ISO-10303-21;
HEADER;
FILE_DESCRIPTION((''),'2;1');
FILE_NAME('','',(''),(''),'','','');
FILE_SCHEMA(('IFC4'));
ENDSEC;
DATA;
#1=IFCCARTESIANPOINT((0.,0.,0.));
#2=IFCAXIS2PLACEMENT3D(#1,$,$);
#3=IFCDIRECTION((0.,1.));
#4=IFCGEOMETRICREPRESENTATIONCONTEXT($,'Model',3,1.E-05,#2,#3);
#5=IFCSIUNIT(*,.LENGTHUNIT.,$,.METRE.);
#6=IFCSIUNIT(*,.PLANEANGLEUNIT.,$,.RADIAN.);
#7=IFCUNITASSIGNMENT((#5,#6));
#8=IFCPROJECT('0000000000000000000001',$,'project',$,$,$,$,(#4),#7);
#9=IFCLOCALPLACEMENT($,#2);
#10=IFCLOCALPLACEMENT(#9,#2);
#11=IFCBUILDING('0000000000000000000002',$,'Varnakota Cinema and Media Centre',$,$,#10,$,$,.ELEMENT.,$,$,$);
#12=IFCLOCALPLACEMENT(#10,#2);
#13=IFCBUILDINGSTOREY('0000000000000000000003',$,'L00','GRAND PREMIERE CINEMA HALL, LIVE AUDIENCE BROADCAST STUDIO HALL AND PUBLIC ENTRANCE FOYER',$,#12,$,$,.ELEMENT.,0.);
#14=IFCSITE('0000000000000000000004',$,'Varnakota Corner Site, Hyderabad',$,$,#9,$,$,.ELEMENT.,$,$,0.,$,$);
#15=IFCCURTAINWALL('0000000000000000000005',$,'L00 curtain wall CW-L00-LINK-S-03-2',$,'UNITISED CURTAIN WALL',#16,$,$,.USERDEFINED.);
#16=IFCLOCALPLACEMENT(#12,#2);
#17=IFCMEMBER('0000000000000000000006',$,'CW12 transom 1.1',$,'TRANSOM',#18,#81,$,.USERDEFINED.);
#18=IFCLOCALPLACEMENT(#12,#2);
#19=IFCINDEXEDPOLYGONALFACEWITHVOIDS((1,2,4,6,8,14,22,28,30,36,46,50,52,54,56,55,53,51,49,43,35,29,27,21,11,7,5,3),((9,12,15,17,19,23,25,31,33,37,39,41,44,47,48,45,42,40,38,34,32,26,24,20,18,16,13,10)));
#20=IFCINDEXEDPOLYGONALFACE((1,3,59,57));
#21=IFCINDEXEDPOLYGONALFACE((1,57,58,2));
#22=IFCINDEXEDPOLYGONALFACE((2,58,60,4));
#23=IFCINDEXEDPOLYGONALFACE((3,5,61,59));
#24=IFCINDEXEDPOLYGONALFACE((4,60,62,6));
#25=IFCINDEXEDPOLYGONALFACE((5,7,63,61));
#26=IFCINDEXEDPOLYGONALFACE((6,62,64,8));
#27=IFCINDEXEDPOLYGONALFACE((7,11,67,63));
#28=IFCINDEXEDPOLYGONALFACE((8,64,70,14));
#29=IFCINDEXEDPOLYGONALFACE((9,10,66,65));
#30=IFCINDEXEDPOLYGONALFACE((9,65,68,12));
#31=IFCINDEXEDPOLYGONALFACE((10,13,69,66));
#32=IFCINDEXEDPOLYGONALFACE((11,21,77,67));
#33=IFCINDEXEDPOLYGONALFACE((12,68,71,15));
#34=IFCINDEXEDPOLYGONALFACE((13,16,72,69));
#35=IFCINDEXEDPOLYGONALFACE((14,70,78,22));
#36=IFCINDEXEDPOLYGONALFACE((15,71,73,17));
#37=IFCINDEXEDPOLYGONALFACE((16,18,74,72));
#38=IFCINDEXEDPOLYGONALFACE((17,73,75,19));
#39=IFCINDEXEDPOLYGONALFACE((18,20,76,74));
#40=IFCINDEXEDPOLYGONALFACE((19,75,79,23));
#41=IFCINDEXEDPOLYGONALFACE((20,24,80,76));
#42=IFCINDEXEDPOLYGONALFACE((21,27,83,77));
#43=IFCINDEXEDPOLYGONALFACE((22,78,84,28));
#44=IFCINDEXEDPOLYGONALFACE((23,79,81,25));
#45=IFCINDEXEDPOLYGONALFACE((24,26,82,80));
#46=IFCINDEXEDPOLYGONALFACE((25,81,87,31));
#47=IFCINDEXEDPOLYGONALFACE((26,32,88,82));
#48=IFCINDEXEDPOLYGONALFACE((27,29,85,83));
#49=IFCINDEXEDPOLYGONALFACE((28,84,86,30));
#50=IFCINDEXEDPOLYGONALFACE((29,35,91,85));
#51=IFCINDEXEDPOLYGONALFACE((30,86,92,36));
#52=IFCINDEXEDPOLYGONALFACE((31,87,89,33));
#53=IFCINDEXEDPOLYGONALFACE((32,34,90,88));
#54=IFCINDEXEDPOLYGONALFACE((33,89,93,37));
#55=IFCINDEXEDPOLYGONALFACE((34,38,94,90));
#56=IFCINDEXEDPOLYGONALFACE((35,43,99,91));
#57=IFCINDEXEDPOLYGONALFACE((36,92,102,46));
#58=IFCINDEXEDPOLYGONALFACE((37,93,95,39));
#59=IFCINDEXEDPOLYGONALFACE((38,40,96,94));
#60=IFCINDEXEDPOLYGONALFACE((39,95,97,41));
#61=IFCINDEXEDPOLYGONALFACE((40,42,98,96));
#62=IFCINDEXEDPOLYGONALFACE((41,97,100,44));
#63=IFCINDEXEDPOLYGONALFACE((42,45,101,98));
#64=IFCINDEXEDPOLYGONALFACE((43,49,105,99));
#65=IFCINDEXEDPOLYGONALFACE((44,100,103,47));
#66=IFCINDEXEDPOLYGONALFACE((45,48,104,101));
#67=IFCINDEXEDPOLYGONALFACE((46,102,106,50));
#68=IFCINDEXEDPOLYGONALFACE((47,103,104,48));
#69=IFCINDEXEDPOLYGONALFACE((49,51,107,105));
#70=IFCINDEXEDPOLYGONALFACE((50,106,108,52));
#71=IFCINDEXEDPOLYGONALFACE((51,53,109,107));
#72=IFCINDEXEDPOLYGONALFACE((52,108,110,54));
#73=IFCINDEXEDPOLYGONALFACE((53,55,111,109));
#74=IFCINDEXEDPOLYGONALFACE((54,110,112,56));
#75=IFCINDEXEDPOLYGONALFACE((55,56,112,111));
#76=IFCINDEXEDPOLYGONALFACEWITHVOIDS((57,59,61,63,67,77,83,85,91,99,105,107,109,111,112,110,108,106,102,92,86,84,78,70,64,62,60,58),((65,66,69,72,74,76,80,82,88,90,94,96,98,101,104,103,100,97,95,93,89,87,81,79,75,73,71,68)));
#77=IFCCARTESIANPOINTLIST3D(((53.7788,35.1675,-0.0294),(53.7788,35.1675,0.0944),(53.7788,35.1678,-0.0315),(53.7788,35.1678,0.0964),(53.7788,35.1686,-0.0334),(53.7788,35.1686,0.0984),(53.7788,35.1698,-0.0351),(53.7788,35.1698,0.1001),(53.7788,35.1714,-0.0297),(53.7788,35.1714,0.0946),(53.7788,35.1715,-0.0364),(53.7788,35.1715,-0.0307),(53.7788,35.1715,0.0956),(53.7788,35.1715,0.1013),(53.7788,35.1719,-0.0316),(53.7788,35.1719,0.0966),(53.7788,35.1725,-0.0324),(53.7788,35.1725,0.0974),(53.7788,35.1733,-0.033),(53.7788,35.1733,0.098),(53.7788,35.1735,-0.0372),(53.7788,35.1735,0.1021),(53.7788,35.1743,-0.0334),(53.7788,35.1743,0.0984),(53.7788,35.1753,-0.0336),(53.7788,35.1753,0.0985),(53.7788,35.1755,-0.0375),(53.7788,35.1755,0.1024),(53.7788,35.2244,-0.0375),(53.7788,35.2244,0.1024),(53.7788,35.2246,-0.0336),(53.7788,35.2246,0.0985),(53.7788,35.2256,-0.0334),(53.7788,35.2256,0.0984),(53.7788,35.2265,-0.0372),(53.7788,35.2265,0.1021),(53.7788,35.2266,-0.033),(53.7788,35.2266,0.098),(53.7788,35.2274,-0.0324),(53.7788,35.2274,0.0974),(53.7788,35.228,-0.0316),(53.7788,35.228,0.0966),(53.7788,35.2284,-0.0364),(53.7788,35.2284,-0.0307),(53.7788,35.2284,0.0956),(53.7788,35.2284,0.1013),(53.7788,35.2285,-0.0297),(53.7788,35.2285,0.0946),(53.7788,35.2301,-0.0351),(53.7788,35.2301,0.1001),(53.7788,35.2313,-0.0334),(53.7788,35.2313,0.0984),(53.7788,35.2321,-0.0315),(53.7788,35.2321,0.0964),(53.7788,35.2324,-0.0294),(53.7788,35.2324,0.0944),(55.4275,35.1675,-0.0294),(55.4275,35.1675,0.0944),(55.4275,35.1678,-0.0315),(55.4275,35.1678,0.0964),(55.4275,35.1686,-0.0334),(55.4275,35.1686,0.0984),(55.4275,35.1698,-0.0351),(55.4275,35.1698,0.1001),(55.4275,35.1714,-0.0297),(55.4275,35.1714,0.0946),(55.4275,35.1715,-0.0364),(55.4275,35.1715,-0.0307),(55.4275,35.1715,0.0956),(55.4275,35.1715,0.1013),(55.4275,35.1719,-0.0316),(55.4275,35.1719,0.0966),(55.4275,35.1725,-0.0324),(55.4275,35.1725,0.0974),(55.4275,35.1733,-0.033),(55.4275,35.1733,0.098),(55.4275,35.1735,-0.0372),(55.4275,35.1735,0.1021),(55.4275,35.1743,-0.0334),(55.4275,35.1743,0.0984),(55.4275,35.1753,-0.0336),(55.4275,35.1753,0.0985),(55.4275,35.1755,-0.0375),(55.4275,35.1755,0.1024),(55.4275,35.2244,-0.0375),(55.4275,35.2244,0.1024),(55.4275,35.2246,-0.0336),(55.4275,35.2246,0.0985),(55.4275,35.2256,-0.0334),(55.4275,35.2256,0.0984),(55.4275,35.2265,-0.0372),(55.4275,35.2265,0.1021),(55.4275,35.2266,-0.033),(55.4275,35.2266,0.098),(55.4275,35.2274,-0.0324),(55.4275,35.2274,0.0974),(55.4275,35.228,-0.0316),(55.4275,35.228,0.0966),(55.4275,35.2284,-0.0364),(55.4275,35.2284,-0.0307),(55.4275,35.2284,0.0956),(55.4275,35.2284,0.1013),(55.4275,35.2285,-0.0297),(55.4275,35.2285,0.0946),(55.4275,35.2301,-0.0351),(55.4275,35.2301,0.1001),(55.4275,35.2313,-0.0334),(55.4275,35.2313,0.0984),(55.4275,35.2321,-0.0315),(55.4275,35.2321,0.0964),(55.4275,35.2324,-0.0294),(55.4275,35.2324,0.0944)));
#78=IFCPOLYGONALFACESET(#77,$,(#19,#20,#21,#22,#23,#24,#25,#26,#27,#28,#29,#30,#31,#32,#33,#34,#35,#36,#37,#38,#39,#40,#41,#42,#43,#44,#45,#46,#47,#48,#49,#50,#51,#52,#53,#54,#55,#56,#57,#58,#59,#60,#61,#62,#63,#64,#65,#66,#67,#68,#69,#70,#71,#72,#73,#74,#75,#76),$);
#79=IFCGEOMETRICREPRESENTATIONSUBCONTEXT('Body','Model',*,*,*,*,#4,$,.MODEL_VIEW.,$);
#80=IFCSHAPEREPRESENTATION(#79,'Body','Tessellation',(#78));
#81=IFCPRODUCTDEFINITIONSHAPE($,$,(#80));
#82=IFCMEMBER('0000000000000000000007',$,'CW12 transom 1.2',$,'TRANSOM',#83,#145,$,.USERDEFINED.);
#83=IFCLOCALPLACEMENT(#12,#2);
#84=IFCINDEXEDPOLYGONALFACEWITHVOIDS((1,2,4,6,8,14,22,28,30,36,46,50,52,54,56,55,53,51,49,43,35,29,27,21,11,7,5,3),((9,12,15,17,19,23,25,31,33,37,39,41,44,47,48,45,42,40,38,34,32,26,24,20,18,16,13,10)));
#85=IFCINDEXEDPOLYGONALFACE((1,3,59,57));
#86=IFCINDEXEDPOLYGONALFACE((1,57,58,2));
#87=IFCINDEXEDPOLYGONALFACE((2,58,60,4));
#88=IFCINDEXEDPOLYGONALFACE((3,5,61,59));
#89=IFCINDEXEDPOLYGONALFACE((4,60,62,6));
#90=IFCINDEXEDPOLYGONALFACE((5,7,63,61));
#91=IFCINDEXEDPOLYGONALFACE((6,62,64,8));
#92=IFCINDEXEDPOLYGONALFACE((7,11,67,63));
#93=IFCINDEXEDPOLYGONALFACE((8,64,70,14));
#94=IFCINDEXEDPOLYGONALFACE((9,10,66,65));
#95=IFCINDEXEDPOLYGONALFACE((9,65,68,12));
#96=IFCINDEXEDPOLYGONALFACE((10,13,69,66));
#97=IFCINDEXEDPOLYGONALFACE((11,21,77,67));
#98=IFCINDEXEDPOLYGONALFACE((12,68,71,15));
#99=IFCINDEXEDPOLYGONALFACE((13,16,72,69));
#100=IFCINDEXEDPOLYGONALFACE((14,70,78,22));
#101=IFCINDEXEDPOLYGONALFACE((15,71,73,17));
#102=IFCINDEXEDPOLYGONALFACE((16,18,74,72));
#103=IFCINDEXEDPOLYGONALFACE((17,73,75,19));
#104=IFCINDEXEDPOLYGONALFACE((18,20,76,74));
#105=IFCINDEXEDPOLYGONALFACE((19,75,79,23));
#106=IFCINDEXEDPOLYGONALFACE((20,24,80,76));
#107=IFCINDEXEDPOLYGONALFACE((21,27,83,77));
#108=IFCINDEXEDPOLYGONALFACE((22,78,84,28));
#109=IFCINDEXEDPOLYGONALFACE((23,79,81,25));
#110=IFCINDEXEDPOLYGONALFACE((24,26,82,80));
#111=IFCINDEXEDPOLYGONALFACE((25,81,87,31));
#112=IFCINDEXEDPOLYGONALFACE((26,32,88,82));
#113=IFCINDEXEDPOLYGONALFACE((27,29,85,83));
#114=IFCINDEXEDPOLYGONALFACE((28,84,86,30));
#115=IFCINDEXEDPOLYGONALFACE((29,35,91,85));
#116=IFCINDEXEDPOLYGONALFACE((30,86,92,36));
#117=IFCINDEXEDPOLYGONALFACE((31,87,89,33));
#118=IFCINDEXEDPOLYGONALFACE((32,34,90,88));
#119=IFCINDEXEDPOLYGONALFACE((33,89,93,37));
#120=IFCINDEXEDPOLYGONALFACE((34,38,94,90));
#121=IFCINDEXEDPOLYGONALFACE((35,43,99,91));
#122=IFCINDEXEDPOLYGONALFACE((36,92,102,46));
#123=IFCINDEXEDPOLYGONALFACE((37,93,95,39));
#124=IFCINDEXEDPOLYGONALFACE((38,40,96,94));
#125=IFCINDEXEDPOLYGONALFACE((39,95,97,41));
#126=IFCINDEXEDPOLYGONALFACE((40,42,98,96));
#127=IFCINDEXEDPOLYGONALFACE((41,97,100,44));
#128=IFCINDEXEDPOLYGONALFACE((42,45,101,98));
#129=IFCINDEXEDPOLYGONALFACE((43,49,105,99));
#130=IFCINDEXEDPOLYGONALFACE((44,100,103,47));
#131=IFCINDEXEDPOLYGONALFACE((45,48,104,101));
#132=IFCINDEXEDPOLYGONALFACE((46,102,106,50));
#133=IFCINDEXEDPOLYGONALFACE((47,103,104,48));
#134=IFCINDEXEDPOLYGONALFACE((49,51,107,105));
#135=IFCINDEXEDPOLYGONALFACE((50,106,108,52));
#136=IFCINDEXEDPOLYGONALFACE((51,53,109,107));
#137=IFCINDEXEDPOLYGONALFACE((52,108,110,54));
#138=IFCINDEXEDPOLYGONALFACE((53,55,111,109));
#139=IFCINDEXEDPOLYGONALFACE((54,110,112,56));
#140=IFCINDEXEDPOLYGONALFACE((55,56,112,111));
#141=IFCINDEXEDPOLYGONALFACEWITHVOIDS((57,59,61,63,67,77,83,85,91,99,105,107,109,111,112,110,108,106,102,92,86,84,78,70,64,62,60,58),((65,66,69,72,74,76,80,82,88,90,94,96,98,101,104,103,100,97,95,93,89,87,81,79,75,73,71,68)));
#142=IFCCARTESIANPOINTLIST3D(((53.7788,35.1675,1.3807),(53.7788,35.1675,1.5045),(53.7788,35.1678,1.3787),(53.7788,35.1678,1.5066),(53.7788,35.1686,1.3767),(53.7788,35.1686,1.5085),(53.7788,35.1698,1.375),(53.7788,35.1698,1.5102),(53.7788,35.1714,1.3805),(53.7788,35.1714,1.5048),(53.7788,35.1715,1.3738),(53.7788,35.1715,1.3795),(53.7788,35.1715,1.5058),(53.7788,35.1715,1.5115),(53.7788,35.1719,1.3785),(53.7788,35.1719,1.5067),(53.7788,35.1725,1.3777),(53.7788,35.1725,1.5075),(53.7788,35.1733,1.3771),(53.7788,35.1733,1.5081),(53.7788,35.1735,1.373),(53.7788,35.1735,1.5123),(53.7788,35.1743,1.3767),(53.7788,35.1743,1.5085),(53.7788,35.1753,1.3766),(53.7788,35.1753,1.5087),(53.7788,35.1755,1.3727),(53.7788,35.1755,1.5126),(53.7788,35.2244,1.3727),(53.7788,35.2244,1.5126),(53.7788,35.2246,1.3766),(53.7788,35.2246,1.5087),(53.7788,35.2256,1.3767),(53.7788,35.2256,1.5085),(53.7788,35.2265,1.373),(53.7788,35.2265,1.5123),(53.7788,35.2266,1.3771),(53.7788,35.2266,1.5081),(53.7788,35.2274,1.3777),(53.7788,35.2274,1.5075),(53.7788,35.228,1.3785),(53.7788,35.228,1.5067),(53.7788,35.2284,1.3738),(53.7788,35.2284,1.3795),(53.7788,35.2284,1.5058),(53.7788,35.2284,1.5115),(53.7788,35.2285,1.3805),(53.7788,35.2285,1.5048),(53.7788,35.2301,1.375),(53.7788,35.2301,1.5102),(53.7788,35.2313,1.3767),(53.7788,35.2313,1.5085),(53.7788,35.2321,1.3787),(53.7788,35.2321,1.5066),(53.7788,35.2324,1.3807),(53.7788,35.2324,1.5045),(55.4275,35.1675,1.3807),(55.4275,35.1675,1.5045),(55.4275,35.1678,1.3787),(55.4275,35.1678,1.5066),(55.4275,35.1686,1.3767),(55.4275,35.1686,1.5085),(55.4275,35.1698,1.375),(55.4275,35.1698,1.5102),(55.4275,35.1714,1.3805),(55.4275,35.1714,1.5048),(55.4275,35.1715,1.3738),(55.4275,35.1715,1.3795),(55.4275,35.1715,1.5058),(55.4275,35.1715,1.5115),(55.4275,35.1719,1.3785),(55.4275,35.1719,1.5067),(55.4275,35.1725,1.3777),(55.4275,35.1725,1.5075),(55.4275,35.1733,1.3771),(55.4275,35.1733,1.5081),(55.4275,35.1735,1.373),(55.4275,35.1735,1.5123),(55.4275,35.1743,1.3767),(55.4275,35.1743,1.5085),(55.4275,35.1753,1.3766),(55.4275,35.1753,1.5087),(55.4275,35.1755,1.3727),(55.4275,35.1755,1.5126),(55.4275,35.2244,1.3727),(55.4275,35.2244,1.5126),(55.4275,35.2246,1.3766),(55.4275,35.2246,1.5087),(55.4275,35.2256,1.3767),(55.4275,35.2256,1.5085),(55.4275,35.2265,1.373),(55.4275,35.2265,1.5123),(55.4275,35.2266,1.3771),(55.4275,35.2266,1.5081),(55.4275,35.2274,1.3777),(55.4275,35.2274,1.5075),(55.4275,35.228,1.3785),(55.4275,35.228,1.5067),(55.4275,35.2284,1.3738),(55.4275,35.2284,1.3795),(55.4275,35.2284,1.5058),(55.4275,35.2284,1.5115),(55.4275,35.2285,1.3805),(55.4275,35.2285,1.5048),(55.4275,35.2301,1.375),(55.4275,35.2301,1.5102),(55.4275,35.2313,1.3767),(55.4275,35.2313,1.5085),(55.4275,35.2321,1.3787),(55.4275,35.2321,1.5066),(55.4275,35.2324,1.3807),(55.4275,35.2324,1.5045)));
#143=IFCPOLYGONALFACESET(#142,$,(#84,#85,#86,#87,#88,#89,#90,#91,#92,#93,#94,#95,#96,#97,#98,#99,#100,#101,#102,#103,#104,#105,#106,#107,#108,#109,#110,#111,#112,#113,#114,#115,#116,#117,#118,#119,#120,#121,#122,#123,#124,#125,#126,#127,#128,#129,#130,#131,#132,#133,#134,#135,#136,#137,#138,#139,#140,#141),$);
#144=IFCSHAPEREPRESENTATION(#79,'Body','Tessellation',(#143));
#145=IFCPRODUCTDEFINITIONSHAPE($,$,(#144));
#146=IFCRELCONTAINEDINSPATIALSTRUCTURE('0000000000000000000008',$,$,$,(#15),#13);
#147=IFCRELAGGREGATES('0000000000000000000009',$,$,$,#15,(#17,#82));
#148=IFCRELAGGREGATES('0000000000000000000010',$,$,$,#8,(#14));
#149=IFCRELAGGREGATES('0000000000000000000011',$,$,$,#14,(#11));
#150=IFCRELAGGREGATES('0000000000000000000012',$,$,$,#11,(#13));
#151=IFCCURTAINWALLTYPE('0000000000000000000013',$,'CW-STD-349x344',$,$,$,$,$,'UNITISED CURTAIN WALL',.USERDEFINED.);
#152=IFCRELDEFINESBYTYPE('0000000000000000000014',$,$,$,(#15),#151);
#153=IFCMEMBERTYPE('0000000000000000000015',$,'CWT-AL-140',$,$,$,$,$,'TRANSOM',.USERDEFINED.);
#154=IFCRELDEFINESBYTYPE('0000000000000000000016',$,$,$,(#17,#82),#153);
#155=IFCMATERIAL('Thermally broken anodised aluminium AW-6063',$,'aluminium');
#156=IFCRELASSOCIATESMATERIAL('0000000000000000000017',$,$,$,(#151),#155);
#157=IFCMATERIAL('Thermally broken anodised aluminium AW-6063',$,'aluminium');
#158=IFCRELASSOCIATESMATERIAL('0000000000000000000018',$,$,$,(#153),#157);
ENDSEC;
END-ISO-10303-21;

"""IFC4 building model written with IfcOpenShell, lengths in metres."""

from ifc_helpers import new_model, si_unit, direction, frame, origin, origin_2d, place, context, subcontext, project, spatial, hollow_rectangle, extrude, material, material_profile, profile_set, type_object, element, aggregate, save


model = new_model("IFC4")

# Units and contexts
model_context = context("Model", 3, precision=1e-05, world=origin(), true_north=direction((0.0, 1.0)))
body_context = subcontext(model_context, "Body", "Model", "MODEL_VIEW")
ifc_project = project(units=[si_unit("LENGTHUNIT", "METRE"), si_unit("PLANEANGLEUNIT", "RADIAN")], contexts=[model_context])

# Site, building, storey
site_placement = place(None, origin())
site = spatial("IfcSite", under=ifc_project, at=site_placement, Name="Varnakota Corner Site, Hyderabad", CompositionType="ELEMENT", RefElevation=0.0)
building_placement = place(site_placement, origin())
building = spatial("IfcBuilding", under=site, at=building_placement, Name="Varnakota Cinema and Media Centre", CompositionType="ELEMENT")
storey_placement = place(building_placement, origin())
storey = spatial("IfcBuildingStorey", under=building, at=storey_placement, Name="L00", Description="GRAND PREMIERE CINEMA HALL, LIVE AUDIENCE BROADCAST STUDIO HALL AND PUBLIC ENTRANCE FOYER", CompositionType="ELEMENT", Elevation=0.0)

# Curtain wall
ifc_material_1 = material(Name="Thermally broken anodised aluminium AW-6063", Category="aluminium")
curtain_wall_type = type_object("IfcCurtainWallType", Name="CW-STD-349x344", ElementType="UNITISED CURTAIN WALL", PredefinedType="USERDEFINED", material=ifc_material_1)
curtain_wall_1_placement = place(storey_placement, origin())
curtain_wall_1 = element("IfcCurtainWall", 1, at=curtain_wall_1_placement, inside=storey, type_object=curtain_wall_type, Name="L00 curtain wall CW-L00-LINK-S-03-2", ObjectType="UNITISED CURTAIN WALL", PredefinedType="USERDEFINED")

# Members
ifc_material_2 = material(Name="Thermally broken anodised aluminium AW-6063", Category="aluminium")
ifc_material_profile_1 = material_profile(ifc_material_2, hollow_rectangle(XDim=0.0649, YDim=0.1399, WallThickness=0.0039, InnerFilletRadius=0.0039, OuterFilletRadius=0.0081, at=origin_2d()), Name="AL-TRANSOM 140x65x4")
ifc_profile_set_1 = profile_set([ifc_material_profile_1], Name="Thermally broken anodised aluminium AW-6063")
member_type_1 = type_object("IfcMemberType", Name="CWT-AL-140", ElementType="TRANSOM", PredefinedType="USERDEFINED", material=ifc_profile_set_1)
member_1_placement = place(storey_placement, frame((55.4275, 35.2, 0.0325), z_axis=(-1.0, 0.0, 0.0), x_axis=(0.0, -1.0, 0.0)))
member_1 = element("IfcMember", 2, at=member_1_placement, type_object=member_type_1, Name="CW12 transom 1.1", ObjectType="TRANSOM", PredefinedType="USERDEFINED", context=body_context, shape_type="SweptSolid", body=[
    extrude(hollow_rectangle(XDim=0.0649, YDim=0.1399, WallThickness=0.0039, InnerFilletRadius=0.0039, OuterFilletRadius=0.0081, at=origin_2d()), origin(), (0.0, 0.0, 1.0), 1.6487),
])
member_2_placement = place(storey_placement, frame((55.4275, 35.2, 1.4426), z_axis=(-1.0, 0.0, 0.0), x_axis=(0.0, -1.0, 0.0)))
member_2 = element("IfcMember", 3, at=member_2_placement, type_object=member_type_1, Name="CW12 transom 1.2", ObjectType="TRANSOM", PredefinedType="USERDEFINED", context=body_context, shape_type="SweptSolid", body=[
    extrude(hollow_rectangle(XDim=0.0649, YDim=0.1399, WallThickness=0.0039, InnerFilletRadius=0.0039, OuterFilletRadius=0.0081, at=origin_2d()), origin(), (0.0, 0.0, 1.0), 1.6487),
])

aggregate(curtain_wall_1, [member_1, member_2])

save(model, "model.ifc")
